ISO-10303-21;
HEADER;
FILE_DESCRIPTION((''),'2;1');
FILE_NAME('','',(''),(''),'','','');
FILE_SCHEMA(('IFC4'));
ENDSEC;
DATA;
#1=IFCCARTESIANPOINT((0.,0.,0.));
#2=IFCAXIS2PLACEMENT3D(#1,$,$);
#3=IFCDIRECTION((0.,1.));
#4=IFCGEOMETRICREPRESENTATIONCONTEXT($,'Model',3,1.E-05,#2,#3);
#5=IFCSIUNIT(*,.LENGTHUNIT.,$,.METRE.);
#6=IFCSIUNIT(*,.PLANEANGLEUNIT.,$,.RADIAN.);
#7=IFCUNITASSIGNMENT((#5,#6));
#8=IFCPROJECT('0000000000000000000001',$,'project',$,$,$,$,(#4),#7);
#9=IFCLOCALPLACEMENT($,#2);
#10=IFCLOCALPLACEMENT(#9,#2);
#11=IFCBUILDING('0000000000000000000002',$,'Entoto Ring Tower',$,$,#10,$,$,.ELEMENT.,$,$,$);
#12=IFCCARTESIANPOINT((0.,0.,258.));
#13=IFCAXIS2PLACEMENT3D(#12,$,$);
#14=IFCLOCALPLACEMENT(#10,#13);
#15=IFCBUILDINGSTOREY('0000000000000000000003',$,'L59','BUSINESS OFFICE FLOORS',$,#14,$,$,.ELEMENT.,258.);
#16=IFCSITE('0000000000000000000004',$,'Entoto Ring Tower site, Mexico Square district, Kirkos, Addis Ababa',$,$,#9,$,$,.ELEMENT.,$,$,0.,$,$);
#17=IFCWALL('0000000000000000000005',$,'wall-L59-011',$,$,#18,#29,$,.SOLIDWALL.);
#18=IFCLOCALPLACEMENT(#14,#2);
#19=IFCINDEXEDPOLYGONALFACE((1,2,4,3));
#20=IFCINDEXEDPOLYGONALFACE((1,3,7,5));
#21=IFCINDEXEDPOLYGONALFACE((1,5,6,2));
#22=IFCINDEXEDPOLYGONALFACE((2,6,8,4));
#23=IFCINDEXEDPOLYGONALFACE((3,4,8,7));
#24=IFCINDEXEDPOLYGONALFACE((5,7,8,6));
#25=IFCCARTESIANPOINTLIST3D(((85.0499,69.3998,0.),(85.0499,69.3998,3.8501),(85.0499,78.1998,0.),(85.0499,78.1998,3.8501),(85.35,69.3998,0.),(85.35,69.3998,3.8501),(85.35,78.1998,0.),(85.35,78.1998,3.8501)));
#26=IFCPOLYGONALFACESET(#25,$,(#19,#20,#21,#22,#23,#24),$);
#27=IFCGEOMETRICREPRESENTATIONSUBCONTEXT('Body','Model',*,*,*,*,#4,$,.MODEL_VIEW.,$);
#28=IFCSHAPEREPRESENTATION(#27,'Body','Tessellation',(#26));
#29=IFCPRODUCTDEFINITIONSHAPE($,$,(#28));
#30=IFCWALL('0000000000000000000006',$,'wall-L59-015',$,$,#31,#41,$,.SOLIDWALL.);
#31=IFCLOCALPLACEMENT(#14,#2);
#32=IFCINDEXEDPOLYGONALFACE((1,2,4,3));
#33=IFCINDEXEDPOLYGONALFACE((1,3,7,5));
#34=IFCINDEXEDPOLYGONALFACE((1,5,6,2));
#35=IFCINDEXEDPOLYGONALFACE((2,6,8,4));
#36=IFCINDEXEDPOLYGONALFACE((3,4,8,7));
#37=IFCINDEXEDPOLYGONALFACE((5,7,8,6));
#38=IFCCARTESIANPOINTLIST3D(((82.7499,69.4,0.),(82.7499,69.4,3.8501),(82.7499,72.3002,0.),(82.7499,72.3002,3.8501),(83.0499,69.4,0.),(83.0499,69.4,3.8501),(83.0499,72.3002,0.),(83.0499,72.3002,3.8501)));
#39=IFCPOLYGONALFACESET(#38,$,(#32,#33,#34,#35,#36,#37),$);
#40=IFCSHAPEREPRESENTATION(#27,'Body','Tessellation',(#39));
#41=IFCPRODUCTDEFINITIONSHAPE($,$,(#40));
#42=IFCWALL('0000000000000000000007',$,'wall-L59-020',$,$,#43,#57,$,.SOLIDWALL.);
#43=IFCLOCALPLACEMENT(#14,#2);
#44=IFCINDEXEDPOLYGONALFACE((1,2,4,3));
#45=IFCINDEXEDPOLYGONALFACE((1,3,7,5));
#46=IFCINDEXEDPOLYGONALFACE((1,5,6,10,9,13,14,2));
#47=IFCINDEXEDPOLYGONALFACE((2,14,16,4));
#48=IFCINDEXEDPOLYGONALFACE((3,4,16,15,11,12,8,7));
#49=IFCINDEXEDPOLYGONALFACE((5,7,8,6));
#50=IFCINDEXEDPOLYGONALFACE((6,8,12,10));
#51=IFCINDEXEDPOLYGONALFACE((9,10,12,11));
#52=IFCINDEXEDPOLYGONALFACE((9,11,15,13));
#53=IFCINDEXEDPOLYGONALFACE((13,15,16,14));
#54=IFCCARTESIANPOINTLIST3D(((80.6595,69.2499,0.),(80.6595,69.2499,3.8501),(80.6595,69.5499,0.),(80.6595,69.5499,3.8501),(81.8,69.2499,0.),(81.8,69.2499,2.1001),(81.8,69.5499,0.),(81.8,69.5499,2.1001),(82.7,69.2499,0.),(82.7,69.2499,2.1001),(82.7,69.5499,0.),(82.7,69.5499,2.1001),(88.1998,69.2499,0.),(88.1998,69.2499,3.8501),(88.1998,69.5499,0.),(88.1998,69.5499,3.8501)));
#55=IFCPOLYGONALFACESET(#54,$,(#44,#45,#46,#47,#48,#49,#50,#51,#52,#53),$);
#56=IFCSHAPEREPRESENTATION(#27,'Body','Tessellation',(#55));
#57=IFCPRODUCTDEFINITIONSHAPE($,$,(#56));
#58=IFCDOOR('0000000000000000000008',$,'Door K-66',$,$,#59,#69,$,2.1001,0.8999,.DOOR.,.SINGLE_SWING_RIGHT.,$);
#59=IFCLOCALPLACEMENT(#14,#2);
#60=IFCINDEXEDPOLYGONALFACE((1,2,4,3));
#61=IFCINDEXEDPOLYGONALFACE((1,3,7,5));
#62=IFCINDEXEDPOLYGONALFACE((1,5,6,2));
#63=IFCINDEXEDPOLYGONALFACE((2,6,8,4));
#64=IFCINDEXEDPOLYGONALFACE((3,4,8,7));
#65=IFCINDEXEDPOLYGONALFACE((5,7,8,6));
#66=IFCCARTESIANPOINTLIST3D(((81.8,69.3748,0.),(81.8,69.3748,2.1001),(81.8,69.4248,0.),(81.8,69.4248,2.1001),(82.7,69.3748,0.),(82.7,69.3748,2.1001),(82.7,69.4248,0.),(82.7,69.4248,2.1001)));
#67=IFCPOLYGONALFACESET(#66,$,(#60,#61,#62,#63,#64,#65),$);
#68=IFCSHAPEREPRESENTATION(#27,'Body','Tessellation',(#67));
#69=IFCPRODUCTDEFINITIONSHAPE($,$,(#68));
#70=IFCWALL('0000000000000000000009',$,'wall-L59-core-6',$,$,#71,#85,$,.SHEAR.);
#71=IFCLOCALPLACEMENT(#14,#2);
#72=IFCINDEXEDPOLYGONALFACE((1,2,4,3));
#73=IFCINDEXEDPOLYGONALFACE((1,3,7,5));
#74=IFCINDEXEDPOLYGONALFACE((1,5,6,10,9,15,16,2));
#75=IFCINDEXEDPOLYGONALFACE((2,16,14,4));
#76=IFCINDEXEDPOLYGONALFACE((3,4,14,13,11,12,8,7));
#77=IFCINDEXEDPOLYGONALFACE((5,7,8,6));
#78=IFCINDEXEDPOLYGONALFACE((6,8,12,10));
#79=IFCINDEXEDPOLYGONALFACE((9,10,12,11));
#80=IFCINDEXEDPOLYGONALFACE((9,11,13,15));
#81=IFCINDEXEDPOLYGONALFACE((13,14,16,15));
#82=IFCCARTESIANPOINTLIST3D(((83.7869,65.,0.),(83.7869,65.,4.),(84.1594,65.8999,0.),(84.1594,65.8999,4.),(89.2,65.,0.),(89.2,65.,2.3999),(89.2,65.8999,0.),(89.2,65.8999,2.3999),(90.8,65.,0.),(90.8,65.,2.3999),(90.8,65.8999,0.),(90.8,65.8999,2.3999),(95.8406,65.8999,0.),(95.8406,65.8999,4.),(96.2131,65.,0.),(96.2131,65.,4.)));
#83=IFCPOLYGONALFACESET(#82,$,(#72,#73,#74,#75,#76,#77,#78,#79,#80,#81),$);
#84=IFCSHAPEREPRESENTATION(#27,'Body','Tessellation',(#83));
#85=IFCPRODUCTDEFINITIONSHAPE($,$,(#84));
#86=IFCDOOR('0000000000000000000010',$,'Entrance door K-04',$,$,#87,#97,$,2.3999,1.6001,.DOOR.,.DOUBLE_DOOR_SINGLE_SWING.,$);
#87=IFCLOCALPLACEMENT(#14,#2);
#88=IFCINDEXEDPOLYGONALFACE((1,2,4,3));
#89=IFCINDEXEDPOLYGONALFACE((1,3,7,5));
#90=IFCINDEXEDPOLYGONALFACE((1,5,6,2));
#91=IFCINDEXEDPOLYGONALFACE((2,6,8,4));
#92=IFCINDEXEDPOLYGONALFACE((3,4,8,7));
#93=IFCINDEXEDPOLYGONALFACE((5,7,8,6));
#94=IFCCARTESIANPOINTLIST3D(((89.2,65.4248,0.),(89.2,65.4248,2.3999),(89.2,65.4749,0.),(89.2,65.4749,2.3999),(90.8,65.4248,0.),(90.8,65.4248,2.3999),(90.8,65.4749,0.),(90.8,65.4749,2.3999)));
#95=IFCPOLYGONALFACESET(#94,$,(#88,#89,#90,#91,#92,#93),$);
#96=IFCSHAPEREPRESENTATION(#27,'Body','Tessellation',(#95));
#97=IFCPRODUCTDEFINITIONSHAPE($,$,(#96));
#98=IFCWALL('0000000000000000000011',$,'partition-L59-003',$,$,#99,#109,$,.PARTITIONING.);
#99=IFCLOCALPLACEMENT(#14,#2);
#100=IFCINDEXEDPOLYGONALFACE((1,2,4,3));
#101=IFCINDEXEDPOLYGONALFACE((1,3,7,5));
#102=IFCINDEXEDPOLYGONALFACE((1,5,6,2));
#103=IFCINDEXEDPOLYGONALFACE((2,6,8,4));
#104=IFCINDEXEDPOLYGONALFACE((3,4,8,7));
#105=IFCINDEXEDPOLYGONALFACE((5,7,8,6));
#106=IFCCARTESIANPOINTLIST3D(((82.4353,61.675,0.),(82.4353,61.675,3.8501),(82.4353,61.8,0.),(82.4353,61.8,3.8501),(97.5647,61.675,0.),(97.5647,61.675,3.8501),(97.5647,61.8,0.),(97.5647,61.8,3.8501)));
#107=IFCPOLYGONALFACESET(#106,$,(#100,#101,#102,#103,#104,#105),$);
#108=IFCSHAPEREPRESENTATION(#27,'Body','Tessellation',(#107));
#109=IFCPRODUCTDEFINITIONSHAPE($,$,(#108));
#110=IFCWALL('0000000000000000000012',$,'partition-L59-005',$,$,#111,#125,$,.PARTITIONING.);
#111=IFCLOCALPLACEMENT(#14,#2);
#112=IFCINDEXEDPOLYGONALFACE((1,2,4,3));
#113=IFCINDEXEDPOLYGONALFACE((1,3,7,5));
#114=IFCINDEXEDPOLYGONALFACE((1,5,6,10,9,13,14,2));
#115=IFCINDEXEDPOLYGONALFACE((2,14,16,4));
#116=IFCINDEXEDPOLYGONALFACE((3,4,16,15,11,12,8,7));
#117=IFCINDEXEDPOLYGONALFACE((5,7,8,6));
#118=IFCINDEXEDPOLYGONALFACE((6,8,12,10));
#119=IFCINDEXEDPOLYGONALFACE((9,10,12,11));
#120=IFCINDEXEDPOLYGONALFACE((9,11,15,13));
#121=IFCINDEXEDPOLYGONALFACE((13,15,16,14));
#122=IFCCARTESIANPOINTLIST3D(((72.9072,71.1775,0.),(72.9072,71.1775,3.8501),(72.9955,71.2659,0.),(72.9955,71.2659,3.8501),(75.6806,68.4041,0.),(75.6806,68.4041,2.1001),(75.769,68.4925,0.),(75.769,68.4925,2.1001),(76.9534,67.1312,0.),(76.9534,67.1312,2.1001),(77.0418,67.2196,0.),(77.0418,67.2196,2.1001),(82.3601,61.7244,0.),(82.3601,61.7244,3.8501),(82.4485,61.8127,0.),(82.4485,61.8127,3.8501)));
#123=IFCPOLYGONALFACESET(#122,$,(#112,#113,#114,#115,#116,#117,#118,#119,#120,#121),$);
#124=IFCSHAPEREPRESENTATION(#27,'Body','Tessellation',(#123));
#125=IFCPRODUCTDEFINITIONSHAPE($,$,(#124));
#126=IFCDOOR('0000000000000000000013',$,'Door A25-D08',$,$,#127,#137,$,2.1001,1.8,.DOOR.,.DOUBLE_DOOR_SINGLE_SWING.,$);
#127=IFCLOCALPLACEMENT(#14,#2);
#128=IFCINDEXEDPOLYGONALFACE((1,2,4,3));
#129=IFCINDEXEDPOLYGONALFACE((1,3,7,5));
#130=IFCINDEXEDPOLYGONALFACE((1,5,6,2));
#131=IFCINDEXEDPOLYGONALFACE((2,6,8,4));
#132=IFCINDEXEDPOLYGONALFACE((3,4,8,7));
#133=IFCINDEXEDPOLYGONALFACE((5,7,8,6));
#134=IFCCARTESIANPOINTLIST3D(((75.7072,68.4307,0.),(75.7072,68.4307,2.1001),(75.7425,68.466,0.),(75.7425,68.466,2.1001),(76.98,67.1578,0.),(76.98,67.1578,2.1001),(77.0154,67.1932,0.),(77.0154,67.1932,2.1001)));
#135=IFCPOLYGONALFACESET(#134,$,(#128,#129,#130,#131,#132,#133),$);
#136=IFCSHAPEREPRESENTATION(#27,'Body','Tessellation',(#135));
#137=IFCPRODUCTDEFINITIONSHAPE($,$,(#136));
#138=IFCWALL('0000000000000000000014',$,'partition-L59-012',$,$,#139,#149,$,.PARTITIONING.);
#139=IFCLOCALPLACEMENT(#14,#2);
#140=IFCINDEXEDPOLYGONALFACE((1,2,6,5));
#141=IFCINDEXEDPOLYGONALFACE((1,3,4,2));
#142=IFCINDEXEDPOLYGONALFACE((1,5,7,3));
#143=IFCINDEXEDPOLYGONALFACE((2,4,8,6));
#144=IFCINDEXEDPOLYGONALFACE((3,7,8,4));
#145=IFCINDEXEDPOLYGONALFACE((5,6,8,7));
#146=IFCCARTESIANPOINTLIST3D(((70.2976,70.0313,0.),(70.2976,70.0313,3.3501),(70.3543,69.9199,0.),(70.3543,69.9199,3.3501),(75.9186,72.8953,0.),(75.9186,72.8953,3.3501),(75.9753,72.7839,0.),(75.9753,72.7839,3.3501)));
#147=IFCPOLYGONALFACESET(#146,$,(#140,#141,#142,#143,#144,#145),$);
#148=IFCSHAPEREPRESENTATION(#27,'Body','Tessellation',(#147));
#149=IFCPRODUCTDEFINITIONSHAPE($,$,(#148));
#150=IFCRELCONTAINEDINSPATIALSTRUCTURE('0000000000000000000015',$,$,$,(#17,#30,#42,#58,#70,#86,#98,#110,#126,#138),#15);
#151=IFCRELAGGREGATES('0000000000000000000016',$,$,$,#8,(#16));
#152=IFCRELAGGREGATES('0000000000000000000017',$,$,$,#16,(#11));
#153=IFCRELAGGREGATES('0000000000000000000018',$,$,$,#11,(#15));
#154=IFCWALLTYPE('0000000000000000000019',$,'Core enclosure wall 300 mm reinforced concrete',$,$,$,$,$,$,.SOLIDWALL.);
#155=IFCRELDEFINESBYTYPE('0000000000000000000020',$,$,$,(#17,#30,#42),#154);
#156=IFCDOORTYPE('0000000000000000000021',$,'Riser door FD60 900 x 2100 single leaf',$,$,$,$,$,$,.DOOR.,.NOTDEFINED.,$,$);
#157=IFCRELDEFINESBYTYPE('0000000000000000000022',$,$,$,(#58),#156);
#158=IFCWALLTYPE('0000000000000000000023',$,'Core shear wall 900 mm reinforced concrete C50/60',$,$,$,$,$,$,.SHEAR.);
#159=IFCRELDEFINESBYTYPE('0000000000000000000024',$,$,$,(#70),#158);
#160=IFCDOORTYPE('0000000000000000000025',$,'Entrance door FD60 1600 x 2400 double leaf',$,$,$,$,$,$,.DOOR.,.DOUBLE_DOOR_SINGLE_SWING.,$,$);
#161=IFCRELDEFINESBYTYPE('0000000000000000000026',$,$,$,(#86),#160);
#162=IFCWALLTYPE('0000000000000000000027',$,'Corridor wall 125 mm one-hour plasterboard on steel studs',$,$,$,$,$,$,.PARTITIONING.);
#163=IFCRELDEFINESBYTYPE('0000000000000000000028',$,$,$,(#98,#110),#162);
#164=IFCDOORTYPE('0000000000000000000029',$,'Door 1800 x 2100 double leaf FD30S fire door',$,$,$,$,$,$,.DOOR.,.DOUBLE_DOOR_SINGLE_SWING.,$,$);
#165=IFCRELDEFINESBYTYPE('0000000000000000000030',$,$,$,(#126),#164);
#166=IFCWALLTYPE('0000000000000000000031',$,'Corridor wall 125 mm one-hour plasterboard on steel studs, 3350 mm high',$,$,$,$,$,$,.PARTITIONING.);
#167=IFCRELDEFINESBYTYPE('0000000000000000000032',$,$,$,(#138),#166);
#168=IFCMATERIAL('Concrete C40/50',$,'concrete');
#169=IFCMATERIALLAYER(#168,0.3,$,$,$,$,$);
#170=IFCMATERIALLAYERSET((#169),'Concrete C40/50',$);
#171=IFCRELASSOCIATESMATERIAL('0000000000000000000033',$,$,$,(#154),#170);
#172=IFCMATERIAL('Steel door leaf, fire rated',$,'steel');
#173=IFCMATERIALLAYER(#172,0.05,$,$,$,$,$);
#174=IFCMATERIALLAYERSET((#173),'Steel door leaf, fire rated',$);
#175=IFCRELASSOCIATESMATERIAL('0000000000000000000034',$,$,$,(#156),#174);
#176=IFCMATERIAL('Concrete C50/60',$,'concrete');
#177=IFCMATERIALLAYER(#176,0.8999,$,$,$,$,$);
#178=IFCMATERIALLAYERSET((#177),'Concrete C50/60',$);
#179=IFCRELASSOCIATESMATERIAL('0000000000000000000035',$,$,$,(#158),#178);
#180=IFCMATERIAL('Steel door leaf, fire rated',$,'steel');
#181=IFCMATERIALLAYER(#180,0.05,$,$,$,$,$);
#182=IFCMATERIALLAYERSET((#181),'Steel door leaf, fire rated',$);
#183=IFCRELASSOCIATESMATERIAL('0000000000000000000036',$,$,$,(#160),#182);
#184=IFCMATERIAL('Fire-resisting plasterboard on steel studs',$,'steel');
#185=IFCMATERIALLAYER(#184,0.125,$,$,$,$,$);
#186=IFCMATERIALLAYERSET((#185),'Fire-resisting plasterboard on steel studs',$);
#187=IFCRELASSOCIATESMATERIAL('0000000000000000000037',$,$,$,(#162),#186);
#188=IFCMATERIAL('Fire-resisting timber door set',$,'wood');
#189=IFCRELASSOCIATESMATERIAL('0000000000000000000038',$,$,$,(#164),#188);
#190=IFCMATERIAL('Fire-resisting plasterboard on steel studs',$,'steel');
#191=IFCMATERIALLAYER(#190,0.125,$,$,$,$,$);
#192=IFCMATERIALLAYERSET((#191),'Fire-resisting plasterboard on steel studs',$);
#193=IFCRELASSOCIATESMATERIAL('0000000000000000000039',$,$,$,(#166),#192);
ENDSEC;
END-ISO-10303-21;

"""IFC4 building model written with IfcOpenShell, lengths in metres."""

from ifc_helpers import new_model, si_unit, direction, frame, frame_2d, origin, place, context, subcontext, project, spatial, polyline, rectangle, outline, extrude, material, layer, layer_set, type_object, element, fill, save


model = new_model("IFC4")

# Units and contexts
model_context = context("Model", 3, precision=1e-05, world=origin(), true_north=direction((0.0, 1.0)))
body_context = subcontext(model_context, "Body", "Model", "MODEL_VIEW")
ifc_project = project(units=[si_unit("LENGTHUNIT", "METRE"), si_unit("PLANEANGLEUNIT", "RADIAN")], contexts=[model_context])

# Site, building, storey
site_placement = place(None, origin())
site = spatial("IfcSite", under=ifc_project, at=site_placement, Name="Entoto Ring Tower site, Mexico Square district, Kirkos, Addis Ababa", CompositionType="ELEMENT", RefElevation=0.0)
building_placement = place(site_placement, origin())
building = spatial("IfcBuilding", under=site, at=building_placement, Name="Entoto Ring Tower", CompositionType="ELEMENT")
storey_placement = place(building_placement, frame((0.0, 0.0, 258.0)))
storey = spatial("IfcBuildingStorey", under=building, at=storey_placement, Name="L59", Description="BUSINESS OFFICE FLOORS", CompositionType="ELEMENT", Elevation=258.0)

# Walls
ifc_material_1 = material(Name="Concrete C40/50", Category="concrete")
ifc_layer_1 = layer(ifc_material_1, 0.3)
ifc_layer_set_1 = layer_set([ifc_layer_1], Name="Concrete C40/50")
wall_type_1 = type_object("IfcWallType", Name="Core enclosure wall 300 mm reinforced concrete", PredefinedType="SOLIDWALL", material=ifc_layer_set_1)
wall_1_placement = place(storey_placement, frame((85.2, 69.3999, 0.0), z_axis=(0.0, 0.0, 1.0), x_axis=(0.0, 1.0, 0.0)))
element("IfcWall", 1, at=wall_1_placement, inside=storey, type_object=wall_type_1, Name="wall-L59-011", PredefinedType="SOLIDWALL", context=body_context, shape_type="SweptSolid", body=[
    extrude(rectangle(XDim=8.8, YDim=0.3, at=frame_2d((4.3999, 0.0))), origin(), (0.0, 0.0, 1.0), 3.8501),
])
wall_2_placement = place(storey_placement, frame((82.8999, 69.3999, 0.0), z_axis=(0.0, 0.0, 1.0), x_axis=(0.0, 1.0, 0.0)))
element("IfcWall", 2, at=wall_2_placement, inside=storey, type_object=wall_type_1, Name="wall-L59-015", PredefinedType="SOLIDWALL", context=body_context, shape_type="SweptSolid", body=[
    extrude(rectangle(XDim=2.9001, YDim=0.3, at=frame_2d((1.4502, 0.0))), origin(), (0.0, 0.0, 1.0), 3.8501),
])

# Walls, openings, doors
wall_3_placement = place(storey_placement, frame((80.6597, 69.3999, 0.0), z_axis=(0.0, 0.0, 1.0), x_axis=(1.0, 0.0, 0.0)))
wall_3 = element("IfcWall", 3, at=wall_3_placement, inside=storey, type_object=wall_type_1, Name="wall-L59-020", PredefinedType="SOLIDWALL", context=body_context, shape_type="SweptSolid", body=[
    extrude(rectangle(XDim=7.5403, YDim=0.3, at=frame_2d((3.77, 0.0))), origin(), (0.0, 0.0, 1.0), 3.8501),
])
opening_1_placement = place(wall_3_placement, frame((1.1404, 0.0, 0.0)))
opening_1 = element("IfcOpeningElement", 4, at=opening_1_placement, cuts=wall_3, PredefinedType="OPENING", context=body_context, shape_type="SweptSolid", body=[
    extrude(rectangle(XDim=0.8999, YDim=2.1001, at=frame_2d((0.45, 1.05))), frame((0.0, 0.1602, 0.0), z_axis=(0.0, -1.0, 0.0), x_axis=(1.0, 0.0, 0.0)), (0.0, 0.0, 1.0), 0.3201),
])
ifc_material_2 = material(Name="Steel door leaf, fire rated", Category="steel")
ifc_layer_2 = layer(ifc_material_2, 0.05)
ifc_layer_set_2 = layer_set([ifc_layer_2], Name="Steel door leaf, fire rated")
door_type_1 = type_object("IfcDoorType", Name="Riser door FD60 900 x 2100 single leaf", OperationType="NOTDEFINED", PredefinedType="DOOR", material=ifc_layer_set_2)
door_1_placement = place(opening_1_placement, origin())
door_1 = element("IfcDoor", 5, at=door_1_placement, inside=storey, type_object=door_type_1, Name="Door K-66", OperationType="SINGLE_SWING_RIGHT", OverallHeight=2.1001, OverallWidth=0.8999, PredefinedType="DOOR", context=body_context, shape_type="SweptSolid", body=[
    extrude(rectangle(XDim=0.8999, YDim=2.1001, at=frame_2d((0.45, 1.05))), frame((0.0, 0.0249, 0.0), z_axis=(0.0, -1.0, 0.0), x_axis=(1.0, 0.0, 0.0)), (0.0, 0.0, 1.0), 0.05),
])
fill(opening_1, door_1)
ifc_material_3 = material(Name="Concrete C50/60", Category="concrete")
ifc_layer_3 = layer(ifc_material_3, 0.8999)
ifc_layer_set_3 = layer_set([ifc_layer_3], Name="Concrete C50/60")
wall_type_2 = type_object("IfcWallType", Name="Core shear wall 900 mm reinforced concrete C50/60", PredefinedType="SHEAR", material=ifc_layer_set_3)
wall_4_placement = place(storey_placement, frame((83.9731, 65.45, 0.0), z_axis=(0.0, 0.0, 1.0), x_axis=(1.0, 0.0, 0.0)))
wall_4 = element("IfcWall", 6, at=wall_4_placement, inside=storey, type_object=wall_type_2, Name="wall-L59-core-6", PredefinedType="SHEAR", context=body_context, shape_type="SweptSolid", body=[
    extrude(outline(polyline([(-0.1863, -0.45), (12.24, -0.45), (11.8674, 0.45), (0.1863, 0.45), (-0.1863, -0.45)])), origin(), (0.0, 0.0, 1.0), 4.0),
])
opening_2_placement = place(wall_4_placement, frame((5.2268, 0.0, 0.0)))
opening_2 = element("IfcOpeningElement", 7, at=opening_2_placement, cuts=wall_4, PredefinedType="OPENING", context=body_context, shape_type="SweptSolid", body=[
    extrude(rectangle(XDim=1.6001, YDim=2.3999, at=frame_2d((0.8, 1.2))), frame((0.0, 0.46, 0.0), z_axis=(0.0, -1.0, 0.0), x_axis=(1.0, 0.0, 0.0)), (0.0, 0.0, 1.0), 0.9199),
])
ifc_material_4 = material(Name="Steel door leaf, fire rated", Category="steel")
ifc_layer_4 = layer(ifc_material_4, 0.05)
ifc_layer_set_4 = layer_set([ifc_layer_4], Name="Steel door leaf, fire rated")
door_type_2 = type_object("IfcDoorType", Name="Entrance door FD60 1600 x 2400 double leaf", OperationType="DOUBLE_DOOR_SINGLE_SWING", PredefinedType="DOOR", material=ifc_layer_set_4)
door_2_placement = place(opening_2_placement, origin())
door_2 = element("IfcDoor", 8, at=door_2_placement, inside=storey, type_object=door_type_2, Name="Entrance door K-04", OperationType="DOUBLE_DOOR_SINGLE_SWING", OverallHeight=2.3999, OverallWidth=1.6001, PredefinedType="DOOR", context=body_context, shape_type="SweptSolid", body=[
    extrude(rectangle(XDim=1.6001, YDim=2.3999, at=frame_2d((0.8, 1.2))), frame((0.0, 0.0249, 0.0), z_axis=(0.0, -1.0, 0.0), x_axis=(1.0, 0.0, 0.0)), (0.0, 0.0, 1.0), 0.05),
])
fill(opening_2, door_2)

# Wall
ifc_material_5 = material(Name="Fire-resisting plasterboard on steel studs", Category="steel")
ifc_layer_5 = layer(ifc_material_5, 0.125)
ifc_layer_set_5 = layer_set([ifc_layer_5], Name="Fire-resisting plasterboard on steel studs")
wall_type_3 = type_object("IfcWallType", Name="Corridor wall 125 mm one-hour plasterboard on steel studs", PredefinedType="PARTITIONING", material=ifc_layer_set_5)
wall_5_placement = place(storey_placement, frame((82.4353, 61.7375, 0.0), z_axis=(0.0, 0.0, 1.0), x_axis=(1.0, 0.0, 0.0)))
element("IfcWall", 9, at=wall_5_placement, inside=storey, type_object=wall_type_3, Name="partition-L59-003", PredefinedType="PARTITIONING", context=body_context, shape_type="SweptSolid", body=[
    extrude(rectangle(XDim=15.1294, YDim=0.125, at=frame_2d((7.5647, 0.0))), origin(), (0.0, 0.0, 1.0), 3.8501),
])

# Wall, opening, door
wall_6_placement = place(storey_placement, frame((82.4043, 61.7686, 0.0), z_axis=(0.0, 0.0, 1.0), x_axis=(-0.707098, 0.707116, 0.0)))
wall_6 = element("IfcWall", 10, at=wall_6_placement, inside=storey, type_object=wall_type_3, Name="partition-L59-005", PredefinedType="PARTITIONING", context=body_context, shape_type="SweptSolid", body=[
    extrude(rectangle(XDim=13.3687, YDim=0.125, at=frame_2d((6.6843, 0.0))), origin(), (0.0, 0.0, 1.0), 3.8501),
])
opening_3_placement = place(wall_6_placement, frame((7.6465, 0.0, 0.0)))
opening_3 = element("IfcOpeningElement", 11, at=opening_3_placement, cuts=wall_6, PredefinedType="OPENING", context=body_context, shape_type="SweptSolid", body=[
    extrude(rectangle(XDim=1.8, YDim=2.1001, at=frame_2d((0.8999, 1.05))), frame((0.0, 0.0725, 0.0), z_axis=(0.0, -1.0, 0.0), x_axis=(1.0, 0.0, 0.0)), (0.0, 0.0, 1.0), 0.145),
])
ifc_material_6 = material(Name="Fire-resisting timber door set", Category="wood")
door_type_3 = type_object("IfcDoorType", Name="Door 1800 x 2100 double leaf FD30S fire door", OperationType="DOUBLE_DOOR_SINGLE_SWING", PredefinedType="DOOR", material=ifc_material_6)
door_3_placement = place(opening_3_placement, origin())
door_3 = element("IfcDoor", 12, at=door_3_placement, inside=storey, type_object=door_type_3, Name="Door A25-D08", OperationType="DOUBLE_DOOR_SINGLE_SWING", OverallHeight=2.1001, OverallWidth=1.8, PredefinedType="DOOR", context=body_context, shape_type="SweptSolid", body=[
    extrude(rectangle(XDim=1.8, YDim=2.1001, at=frame_2d((0.8999, 1.05))), frame((0.0, 0.0249, 0.0), z_axis=(0.0, -1.0, 0.0), x_axis=(1.0, 0.0, 0.0)), (0.0, 0.0, 1.0), 0.05),
])
fill(opening_3, door_3)

# Wall
ifc_material_7 = material(Name="Fire-resisting plasterboard on steel studs", Category="steel")
ifc_layer_6 = layer(ifc_material_7, 0.125)
ifc_layer_set_6 = layer_set([ifc_layer_6], Name="Fire-resisting plasterboard on steel studs")
wall_type_4 = type_object("IfcWallType", Name="Corridor wall 125 mm one-hour plasterboard on steel studs, 3350 mm high", PredefinedType="PARTITIONING", material=ifc_layer_set_6)
wall_7_placement = place(storey_placement, frame((70.3259, 69.9756, 0.0), z_axis=(0.0, 0.0, 1.0), x_axis=(0.891011, 0.453981, 0.0)))
element("IfcWall", 13, at=wall_7_placement, inside=storey, type_object=wall_type_4, Name="partition-L59-012", PredefinedType="PARTITIONING", context=body_context, shape_type="SweptSolid", body=[
    extrude(rectangle(XDim=6.3086, YDim=0.125, at=frame_2d((3.1543, 0.0))), origin(), (0.0, 0.0, 1.0), 3.3501),
])

save(model, "model.ifc")
